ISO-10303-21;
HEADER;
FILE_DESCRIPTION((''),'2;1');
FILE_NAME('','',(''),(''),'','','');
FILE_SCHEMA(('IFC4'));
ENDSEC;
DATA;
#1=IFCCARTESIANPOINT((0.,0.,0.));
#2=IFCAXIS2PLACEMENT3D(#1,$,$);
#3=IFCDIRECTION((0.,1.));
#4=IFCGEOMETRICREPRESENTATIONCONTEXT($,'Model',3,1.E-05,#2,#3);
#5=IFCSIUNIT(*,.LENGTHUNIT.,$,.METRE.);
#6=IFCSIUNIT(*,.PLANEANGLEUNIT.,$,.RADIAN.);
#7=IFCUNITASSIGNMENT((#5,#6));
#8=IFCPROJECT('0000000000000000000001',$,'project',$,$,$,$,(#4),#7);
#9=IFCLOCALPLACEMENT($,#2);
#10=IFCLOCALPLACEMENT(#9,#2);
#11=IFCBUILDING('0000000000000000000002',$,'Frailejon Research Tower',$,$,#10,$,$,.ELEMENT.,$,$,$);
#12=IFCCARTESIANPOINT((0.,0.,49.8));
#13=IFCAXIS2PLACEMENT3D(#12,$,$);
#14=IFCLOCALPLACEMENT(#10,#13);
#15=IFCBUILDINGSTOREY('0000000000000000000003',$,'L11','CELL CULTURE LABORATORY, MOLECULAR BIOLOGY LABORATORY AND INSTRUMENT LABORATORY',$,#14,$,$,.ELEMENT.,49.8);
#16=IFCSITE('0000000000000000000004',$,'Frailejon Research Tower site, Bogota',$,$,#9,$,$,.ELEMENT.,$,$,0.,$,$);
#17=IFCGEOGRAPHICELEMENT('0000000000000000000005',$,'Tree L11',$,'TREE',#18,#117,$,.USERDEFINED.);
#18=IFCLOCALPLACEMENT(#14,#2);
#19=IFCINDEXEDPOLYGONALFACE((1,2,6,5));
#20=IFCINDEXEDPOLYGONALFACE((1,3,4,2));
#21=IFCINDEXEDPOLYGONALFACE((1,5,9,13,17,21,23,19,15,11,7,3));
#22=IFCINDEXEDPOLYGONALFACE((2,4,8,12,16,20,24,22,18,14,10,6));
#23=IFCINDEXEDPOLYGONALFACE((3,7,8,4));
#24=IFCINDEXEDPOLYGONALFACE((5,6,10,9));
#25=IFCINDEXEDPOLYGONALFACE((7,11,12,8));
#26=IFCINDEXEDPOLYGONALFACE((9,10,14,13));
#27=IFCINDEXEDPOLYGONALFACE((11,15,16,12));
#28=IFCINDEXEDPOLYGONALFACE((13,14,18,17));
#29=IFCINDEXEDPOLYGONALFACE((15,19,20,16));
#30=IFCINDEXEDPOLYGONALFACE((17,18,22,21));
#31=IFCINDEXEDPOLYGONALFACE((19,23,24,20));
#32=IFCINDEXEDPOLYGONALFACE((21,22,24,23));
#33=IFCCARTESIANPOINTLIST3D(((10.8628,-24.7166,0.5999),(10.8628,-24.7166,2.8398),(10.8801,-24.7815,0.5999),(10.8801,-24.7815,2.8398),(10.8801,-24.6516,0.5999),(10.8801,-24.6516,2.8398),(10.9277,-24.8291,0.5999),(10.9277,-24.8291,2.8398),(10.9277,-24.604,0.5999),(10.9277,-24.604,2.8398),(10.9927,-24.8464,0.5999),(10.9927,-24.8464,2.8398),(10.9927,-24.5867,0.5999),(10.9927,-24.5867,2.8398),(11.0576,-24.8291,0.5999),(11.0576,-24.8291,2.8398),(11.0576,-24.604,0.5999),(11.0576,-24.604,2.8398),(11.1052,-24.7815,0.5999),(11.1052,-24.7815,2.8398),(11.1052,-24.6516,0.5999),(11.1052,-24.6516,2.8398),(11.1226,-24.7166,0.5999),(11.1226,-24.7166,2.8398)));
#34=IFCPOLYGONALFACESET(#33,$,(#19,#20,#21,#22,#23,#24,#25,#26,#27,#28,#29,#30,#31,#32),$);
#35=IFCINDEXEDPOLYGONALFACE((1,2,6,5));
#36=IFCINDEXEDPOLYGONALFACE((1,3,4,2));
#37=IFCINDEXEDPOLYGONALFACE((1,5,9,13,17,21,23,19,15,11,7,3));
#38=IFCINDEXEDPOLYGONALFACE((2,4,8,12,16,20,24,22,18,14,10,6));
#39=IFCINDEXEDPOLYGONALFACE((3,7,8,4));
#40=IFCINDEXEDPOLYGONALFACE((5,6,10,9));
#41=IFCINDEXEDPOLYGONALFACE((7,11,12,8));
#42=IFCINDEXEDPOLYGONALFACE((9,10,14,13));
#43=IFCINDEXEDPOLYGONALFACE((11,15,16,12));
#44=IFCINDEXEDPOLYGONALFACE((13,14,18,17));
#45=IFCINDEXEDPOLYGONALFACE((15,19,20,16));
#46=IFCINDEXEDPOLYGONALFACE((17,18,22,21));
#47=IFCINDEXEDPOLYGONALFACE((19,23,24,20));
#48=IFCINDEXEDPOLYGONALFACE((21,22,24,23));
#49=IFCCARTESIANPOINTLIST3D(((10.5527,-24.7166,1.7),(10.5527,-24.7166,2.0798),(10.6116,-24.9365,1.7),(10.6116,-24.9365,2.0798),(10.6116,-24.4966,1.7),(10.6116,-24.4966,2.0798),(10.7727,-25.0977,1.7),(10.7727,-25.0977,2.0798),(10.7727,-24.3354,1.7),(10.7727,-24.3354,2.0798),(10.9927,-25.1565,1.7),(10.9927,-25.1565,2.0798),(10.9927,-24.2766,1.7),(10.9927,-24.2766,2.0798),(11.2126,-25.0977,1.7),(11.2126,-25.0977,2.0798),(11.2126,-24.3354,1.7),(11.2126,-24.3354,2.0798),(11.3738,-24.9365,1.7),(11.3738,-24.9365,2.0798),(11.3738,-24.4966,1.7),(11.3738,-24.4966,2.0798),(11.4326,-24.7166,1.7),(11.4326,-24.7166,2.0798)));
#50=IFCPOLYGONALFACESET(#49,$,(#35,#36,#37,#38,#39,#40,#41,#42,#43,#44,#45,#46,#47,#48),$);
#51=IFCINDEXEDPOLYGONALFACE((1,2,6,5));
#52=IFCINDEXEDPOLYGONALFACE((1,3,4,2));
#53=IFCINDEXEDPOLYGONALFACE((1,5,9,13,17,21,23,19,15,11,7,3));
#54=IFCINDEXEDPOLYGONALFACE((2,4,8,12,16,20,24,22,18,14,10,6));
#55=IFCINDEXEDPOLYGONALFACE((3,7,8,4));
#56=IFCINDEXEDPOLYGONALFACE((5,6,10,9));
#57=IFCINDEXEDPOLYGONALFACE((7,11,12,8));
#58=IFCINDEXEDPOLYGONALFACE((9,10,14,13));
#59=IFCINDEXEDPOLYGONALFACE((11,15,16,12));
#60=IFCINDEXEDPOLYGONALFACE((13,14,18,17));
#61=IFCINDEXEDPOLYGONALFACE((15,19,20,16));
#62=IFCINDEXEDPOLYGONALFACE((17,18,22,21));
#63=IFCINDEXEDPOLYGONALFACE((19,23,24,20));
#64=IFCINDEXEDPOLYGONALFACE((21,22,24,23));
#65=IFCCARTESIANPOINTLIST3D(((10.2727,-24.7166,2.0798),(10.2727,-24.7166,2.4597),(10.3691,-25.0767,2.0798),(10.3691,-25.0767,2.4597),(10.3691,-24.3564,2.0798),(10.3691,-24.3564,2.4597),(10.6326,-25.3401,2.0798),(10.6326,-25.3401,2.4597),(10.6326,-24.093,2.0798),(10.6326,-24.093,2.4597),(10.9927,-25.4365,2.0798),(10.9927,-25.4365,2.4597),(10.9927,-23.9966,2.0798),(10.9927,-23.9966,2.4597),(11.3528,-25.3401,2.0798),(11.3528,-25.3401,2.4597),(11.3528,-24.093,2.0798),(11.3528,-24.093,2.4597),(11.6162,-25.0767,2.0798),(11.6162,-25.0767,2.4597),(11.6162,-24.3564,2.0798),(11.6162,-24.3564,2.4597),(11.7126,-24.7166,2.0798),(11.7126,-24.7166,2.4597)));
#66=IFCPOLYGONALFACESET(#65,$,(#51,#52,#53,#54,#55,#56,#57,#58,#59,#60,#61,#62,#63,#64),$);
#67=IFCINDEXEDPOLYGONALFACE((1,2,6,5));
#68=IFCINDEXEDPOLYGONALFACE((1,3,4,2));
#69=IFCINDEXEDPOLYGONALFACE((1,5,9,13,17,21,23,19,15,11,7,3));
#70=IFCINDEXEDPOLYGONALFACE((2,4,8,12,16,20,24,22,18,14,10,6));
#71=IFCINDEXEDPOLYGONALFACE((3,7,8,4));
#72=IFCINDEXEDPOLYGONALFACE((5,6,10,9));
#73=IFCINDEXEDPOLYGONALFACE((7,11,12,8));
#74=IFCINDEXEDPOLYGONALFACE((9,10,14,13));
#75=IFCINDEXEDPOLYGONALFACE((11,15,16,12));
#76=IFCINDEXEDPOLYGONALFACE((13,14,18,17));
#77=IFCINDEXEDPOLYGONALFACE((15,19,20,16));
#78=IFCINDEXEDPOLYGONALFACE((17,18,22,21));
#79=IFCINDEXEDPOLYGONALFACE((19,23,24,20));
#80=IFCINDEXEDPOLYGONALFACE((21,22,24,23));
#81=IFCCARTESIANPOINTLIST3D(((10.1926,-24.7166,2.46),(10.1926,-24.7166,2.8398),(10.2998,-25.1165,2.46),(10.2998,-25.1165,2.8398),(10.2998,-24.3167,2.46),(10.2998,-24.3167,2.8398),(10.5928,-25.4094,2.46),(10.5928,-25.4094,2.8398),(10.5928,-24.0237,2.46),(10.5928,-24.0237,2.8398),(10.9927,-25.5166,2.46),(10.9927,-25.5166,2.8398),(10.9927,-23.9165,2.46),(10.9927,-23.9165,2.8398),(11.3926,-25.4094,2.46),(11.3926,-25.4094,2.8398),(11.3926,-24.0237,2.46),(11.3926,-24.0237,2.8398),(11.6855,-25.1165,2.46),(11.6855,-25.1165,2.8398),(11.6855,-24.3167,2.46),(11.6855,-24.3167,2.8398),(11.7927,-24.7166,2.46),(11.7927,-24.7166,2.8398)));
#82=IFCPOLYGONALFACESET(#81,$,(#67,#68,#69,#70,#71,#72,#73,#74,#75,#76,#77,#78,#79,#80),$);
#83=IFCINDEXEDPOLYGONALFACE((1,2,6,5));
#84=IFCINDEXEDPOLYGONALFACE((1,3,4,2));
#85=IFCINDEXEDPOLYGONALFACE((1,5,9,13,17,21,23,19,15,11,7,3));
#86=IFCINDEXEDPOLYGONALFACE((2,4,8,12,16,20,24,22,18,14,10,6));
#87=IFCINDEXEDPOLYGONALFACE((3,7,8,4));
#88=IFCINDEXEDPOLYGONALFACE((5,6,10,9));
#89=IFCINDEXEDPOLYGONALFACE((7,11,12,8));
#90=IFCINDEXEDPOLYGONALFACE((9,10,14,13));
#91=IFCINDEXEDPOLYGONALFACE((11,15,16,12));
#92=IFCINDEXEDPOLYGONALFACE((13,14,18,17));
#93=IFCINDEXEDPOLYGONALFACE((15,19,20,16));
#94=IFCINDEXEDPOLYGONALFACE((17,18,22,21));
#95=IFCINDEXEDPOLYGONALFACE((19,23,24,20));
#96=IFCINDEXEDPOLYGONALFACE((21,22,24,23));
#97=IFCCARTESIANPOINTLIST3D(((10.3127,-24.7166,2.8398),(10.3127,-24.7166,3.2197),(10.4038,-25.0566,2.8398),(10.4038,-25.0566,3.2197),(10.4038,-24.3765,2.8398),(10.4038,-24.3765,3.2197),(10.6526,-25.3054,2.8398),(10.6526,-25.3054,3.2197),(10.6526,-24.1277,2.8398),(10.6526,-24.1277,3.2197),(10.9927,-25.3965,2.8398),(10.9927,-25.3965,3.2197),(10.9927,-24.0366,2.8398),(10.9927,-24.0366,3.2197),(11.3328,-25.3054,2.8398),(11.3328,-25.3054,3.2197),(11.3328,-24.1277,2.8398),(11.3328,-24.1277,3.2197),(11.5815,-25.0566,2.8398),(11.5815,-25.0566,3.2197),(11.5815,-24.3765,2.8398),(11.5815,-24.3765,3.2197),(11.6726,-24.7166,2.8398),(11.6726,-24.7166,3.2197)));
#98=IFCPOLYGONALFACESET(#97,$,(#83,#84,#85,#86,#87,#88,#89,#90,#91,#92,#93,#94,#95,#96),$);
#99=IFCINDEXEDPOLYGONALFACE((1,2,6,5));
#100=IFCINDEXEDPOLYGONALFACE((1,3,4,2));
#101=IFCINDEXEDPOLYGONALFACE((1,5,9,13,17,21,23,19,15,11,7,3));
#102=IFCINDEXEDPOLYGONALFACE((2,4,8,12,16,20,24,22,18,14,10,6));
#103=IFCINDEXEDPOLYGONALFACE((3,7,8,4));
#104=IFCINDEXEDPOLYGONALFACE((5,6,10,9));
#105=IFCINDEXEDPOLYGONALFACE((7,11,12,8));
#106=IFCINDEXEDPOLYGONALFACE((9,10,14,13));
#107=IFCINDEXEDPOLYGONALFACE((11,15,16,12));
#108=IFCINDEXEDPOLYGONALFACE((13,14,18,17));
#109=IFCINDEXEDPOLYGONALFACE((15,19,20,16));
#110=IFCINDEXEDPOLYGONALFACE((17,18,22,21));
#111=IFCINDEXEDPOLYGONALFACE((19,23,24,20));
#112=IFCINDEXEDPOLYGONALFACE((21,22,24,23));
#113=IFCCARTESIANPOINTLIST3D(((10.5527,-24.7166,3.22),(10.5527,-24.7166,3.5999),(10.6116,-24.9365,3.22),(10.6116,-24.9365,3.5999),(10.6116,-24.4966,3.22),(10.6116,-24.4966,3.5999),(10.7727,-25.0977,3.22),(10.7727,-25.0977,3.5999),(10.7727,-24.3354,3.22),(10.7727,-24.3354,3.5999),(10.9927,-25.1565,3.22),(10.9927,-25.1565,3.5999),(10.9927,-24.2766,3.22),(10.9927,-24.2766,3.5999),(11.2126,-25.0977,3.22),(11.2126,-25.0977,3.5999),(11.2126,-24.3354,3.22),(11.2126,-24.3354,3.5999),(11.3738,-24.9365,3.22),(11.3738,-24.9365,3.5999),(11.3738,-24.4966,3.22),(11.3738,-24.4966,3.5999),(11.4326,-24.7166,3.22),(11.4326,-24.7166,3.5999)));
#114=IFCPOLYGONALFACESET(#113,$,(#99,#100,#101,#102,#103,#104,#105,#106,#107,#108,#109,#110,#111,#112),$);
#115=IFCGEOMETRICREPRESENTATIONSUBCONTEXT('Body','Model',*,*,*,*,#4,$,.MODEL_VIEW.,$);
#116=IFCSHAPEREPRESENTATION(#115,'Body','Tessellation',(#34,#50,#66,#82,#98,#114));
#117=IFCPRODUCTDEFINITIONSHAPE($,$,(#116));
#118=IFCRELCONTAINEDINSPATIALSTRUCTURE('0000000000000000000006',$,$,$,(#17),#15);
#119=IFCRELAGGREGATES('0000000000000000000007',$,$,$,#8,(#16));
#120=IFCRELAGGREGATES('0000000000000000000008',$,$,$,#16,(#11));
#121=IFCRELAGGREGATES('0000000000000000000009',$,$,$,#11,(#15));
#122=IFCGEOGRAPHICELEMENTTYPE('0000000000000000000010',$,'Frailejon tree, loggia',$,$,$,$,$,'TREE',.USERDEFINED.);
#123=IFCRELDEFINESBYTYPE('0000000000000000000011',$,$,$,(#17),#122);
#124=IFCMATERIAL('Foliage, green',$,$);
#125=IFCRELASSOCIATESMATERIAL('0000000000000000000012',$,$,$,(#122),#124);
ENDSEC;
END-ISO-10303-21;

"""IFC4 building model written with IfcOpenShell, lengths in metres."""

from ifc_helpers import new_model, si_unit, direction, frame, origin, place, context, subcontext, project, spatial, polyline, outline, extrude, material, type_object, element, save


model = new_model("IFC4")

# Units and contexts
model_context = context("Model", 3, precision=1e-05, world=origin(), true_north=direction((0.0, 1.0)))
body_context = subcontext(model_context, "Body", "Model", "MODEL_VIEW")
ifc_project = project(units=[si_unit("LENGTHUNIT", "METRE"), si_unit("PLANEANGLEUNIT", "RADIAN")], contexts=[model_context])

# Site, building, storey
site_placement = place(None, origin())
site = spatial("IfcSite", under=ifc_project, at=site_placement, Name="Frailejon Research Tower site, Bogota", CompositionType="ELEMENT", RefElevation=0.0)
building_placement = place(site_placement, origin())
building = spatial("IfcBuilding", under=site, at=building_placement, Name="Frailejon Research Tower", CompositionType="ELEMENT")
storey_placement = place(building_placement, frame((0.0, 0.0, 49.8)))
storey = spatial("IfcBuildingStorey", under=building, at=storey_placement, Name="L11", Description="CELL CULTURE LABORATORY, MOLECULAR BIOLOGY LABORATORY AND INSTRUMENT LABORATORY", CompositionType="ELEMENT", Elevation=49.8)

# Geographic element
ifc_material_1 = material(Name="Foliage, green")
geographic_element_type = type_object("IfcGeographicElementType", Name="Frailejon tree, loggia", ElementType="TREE", PredefinedType="USERDEFINED", material=ifc_material_1)
geographic_element_placement = place(storey_placement, frame((10.9927, -24.7166, 0.5999)))
element("IfcGeographicElement", 1, at=geographic_element_placement, inside=storey, type_object=geographic_element_type, Name="Tree L11", ObjectType="TREE", PredefinedType="USERDEFINED", context=body_context, shape_type="SweptSolid", body=[
    extrude(outline(polyline([(0.1299, 0.0), (0.1125, 0.0649), (0.0649, 0.1125), (0.0, 0.1299), (-0.0649, 0.1125), (-0.1125, 0.0649), (-0.1299, 0.0), (-0.1125, -0.0649), (-0.0649, -0.1125), (0.0, -0.1299), (0.0649, -0.1125), (0.1125, -0.0649), (0.1299, 0.0)])), origin(), (0.0, 0.0, 1.0), 2.24),
    extrude(outline(polyline([(0.4399, 0.0), (0.3811, 0.22), (0.22, 0.3811), (0.0, 0.4399), (-0.22, 0.3811), (-0.3811, 0.22), (-0.4399, 0.0), (-0.3811, -0.22), (-0.22, -0.3811), (0.0, -0.4399), (0.22, -0.3811), (0.3811, -0.22), (0.4399, 0.0)])), frame((0.0, 0.0, 1.1001)), (0.0, 0.0, 1.0), 0.3799),
    extrude(outline(polyline([(0.72, 0.0), (0.6235, 0.3601), (0.3601, 0.6235), (0.0, 0.72), (-0.3601, 0.6235), (-0.6235, 0.3601), (-0.72, 0.0), (-0.6235, -0.3601), (-0.3601, -0.6235), (0.0, -0.72), (0.3601, -0.6235), (0.6235, -0.3601), (0.72, 0.0)])), frame((0.0, 0.0, 1.48)), (0.0, 0.0, 1.0), 0.3799),
    extrude(outline(polyline([(0.8, 0.0), (0.6929, 0.3999), (0.3999, 0.6929), (0.0, 0.8), (-0.3999, 0.6929), (-0.6929, 0.3999), (-0.8, 0.0), (-0.6929, -0.3999), (-0.3999, -0.6929), (0.0, -0.8), (0.3999, -0.6929), (0.6929, -0.3999), (0.8, 0.0)])), frame((0.0, 0.0, 1.8601)), (0.0, 0.0, 1.0), 0.3799),
    extrude(outline(polyline([(0.6799, 0.0), (0.5889, 0.3401), (0.3401, 0.5889), (0.0, 0.6799), (-0.3401, 0.5889), (-0.5889, 0.3401), (-0.6799, 0.0), (-0.5889, -0.3401), (-0.3401, -0.5889), (0.0, -0.6799), (0.3401, -0.5889), (0.5889, -0.3401), (0.6799, 0.0)])), frame((0.0, 0.0, 2.24)), (0.0, 0.0, 1.0), 0.3799),
    extrude(outline(polyline([(0.4399, 0.0), (0.3811, 0.22), (0.22, 0.3811), (0.0, 0.4399), (-0.22, 0.3811), (-0.3811, 0.22), (-0.4399, 0.0), (-0.3811, -0.22), (-0.22, -0.3811), (0.0, -0.4399), (0.22, -0.3811), (0.3811, -0.22), (0.4399, 0.0)])), frame((0.0, 0.0, 2.6201)), (0.0, 0.0, 1.0), 0.3799),
])

save(model, "model.ifc")
